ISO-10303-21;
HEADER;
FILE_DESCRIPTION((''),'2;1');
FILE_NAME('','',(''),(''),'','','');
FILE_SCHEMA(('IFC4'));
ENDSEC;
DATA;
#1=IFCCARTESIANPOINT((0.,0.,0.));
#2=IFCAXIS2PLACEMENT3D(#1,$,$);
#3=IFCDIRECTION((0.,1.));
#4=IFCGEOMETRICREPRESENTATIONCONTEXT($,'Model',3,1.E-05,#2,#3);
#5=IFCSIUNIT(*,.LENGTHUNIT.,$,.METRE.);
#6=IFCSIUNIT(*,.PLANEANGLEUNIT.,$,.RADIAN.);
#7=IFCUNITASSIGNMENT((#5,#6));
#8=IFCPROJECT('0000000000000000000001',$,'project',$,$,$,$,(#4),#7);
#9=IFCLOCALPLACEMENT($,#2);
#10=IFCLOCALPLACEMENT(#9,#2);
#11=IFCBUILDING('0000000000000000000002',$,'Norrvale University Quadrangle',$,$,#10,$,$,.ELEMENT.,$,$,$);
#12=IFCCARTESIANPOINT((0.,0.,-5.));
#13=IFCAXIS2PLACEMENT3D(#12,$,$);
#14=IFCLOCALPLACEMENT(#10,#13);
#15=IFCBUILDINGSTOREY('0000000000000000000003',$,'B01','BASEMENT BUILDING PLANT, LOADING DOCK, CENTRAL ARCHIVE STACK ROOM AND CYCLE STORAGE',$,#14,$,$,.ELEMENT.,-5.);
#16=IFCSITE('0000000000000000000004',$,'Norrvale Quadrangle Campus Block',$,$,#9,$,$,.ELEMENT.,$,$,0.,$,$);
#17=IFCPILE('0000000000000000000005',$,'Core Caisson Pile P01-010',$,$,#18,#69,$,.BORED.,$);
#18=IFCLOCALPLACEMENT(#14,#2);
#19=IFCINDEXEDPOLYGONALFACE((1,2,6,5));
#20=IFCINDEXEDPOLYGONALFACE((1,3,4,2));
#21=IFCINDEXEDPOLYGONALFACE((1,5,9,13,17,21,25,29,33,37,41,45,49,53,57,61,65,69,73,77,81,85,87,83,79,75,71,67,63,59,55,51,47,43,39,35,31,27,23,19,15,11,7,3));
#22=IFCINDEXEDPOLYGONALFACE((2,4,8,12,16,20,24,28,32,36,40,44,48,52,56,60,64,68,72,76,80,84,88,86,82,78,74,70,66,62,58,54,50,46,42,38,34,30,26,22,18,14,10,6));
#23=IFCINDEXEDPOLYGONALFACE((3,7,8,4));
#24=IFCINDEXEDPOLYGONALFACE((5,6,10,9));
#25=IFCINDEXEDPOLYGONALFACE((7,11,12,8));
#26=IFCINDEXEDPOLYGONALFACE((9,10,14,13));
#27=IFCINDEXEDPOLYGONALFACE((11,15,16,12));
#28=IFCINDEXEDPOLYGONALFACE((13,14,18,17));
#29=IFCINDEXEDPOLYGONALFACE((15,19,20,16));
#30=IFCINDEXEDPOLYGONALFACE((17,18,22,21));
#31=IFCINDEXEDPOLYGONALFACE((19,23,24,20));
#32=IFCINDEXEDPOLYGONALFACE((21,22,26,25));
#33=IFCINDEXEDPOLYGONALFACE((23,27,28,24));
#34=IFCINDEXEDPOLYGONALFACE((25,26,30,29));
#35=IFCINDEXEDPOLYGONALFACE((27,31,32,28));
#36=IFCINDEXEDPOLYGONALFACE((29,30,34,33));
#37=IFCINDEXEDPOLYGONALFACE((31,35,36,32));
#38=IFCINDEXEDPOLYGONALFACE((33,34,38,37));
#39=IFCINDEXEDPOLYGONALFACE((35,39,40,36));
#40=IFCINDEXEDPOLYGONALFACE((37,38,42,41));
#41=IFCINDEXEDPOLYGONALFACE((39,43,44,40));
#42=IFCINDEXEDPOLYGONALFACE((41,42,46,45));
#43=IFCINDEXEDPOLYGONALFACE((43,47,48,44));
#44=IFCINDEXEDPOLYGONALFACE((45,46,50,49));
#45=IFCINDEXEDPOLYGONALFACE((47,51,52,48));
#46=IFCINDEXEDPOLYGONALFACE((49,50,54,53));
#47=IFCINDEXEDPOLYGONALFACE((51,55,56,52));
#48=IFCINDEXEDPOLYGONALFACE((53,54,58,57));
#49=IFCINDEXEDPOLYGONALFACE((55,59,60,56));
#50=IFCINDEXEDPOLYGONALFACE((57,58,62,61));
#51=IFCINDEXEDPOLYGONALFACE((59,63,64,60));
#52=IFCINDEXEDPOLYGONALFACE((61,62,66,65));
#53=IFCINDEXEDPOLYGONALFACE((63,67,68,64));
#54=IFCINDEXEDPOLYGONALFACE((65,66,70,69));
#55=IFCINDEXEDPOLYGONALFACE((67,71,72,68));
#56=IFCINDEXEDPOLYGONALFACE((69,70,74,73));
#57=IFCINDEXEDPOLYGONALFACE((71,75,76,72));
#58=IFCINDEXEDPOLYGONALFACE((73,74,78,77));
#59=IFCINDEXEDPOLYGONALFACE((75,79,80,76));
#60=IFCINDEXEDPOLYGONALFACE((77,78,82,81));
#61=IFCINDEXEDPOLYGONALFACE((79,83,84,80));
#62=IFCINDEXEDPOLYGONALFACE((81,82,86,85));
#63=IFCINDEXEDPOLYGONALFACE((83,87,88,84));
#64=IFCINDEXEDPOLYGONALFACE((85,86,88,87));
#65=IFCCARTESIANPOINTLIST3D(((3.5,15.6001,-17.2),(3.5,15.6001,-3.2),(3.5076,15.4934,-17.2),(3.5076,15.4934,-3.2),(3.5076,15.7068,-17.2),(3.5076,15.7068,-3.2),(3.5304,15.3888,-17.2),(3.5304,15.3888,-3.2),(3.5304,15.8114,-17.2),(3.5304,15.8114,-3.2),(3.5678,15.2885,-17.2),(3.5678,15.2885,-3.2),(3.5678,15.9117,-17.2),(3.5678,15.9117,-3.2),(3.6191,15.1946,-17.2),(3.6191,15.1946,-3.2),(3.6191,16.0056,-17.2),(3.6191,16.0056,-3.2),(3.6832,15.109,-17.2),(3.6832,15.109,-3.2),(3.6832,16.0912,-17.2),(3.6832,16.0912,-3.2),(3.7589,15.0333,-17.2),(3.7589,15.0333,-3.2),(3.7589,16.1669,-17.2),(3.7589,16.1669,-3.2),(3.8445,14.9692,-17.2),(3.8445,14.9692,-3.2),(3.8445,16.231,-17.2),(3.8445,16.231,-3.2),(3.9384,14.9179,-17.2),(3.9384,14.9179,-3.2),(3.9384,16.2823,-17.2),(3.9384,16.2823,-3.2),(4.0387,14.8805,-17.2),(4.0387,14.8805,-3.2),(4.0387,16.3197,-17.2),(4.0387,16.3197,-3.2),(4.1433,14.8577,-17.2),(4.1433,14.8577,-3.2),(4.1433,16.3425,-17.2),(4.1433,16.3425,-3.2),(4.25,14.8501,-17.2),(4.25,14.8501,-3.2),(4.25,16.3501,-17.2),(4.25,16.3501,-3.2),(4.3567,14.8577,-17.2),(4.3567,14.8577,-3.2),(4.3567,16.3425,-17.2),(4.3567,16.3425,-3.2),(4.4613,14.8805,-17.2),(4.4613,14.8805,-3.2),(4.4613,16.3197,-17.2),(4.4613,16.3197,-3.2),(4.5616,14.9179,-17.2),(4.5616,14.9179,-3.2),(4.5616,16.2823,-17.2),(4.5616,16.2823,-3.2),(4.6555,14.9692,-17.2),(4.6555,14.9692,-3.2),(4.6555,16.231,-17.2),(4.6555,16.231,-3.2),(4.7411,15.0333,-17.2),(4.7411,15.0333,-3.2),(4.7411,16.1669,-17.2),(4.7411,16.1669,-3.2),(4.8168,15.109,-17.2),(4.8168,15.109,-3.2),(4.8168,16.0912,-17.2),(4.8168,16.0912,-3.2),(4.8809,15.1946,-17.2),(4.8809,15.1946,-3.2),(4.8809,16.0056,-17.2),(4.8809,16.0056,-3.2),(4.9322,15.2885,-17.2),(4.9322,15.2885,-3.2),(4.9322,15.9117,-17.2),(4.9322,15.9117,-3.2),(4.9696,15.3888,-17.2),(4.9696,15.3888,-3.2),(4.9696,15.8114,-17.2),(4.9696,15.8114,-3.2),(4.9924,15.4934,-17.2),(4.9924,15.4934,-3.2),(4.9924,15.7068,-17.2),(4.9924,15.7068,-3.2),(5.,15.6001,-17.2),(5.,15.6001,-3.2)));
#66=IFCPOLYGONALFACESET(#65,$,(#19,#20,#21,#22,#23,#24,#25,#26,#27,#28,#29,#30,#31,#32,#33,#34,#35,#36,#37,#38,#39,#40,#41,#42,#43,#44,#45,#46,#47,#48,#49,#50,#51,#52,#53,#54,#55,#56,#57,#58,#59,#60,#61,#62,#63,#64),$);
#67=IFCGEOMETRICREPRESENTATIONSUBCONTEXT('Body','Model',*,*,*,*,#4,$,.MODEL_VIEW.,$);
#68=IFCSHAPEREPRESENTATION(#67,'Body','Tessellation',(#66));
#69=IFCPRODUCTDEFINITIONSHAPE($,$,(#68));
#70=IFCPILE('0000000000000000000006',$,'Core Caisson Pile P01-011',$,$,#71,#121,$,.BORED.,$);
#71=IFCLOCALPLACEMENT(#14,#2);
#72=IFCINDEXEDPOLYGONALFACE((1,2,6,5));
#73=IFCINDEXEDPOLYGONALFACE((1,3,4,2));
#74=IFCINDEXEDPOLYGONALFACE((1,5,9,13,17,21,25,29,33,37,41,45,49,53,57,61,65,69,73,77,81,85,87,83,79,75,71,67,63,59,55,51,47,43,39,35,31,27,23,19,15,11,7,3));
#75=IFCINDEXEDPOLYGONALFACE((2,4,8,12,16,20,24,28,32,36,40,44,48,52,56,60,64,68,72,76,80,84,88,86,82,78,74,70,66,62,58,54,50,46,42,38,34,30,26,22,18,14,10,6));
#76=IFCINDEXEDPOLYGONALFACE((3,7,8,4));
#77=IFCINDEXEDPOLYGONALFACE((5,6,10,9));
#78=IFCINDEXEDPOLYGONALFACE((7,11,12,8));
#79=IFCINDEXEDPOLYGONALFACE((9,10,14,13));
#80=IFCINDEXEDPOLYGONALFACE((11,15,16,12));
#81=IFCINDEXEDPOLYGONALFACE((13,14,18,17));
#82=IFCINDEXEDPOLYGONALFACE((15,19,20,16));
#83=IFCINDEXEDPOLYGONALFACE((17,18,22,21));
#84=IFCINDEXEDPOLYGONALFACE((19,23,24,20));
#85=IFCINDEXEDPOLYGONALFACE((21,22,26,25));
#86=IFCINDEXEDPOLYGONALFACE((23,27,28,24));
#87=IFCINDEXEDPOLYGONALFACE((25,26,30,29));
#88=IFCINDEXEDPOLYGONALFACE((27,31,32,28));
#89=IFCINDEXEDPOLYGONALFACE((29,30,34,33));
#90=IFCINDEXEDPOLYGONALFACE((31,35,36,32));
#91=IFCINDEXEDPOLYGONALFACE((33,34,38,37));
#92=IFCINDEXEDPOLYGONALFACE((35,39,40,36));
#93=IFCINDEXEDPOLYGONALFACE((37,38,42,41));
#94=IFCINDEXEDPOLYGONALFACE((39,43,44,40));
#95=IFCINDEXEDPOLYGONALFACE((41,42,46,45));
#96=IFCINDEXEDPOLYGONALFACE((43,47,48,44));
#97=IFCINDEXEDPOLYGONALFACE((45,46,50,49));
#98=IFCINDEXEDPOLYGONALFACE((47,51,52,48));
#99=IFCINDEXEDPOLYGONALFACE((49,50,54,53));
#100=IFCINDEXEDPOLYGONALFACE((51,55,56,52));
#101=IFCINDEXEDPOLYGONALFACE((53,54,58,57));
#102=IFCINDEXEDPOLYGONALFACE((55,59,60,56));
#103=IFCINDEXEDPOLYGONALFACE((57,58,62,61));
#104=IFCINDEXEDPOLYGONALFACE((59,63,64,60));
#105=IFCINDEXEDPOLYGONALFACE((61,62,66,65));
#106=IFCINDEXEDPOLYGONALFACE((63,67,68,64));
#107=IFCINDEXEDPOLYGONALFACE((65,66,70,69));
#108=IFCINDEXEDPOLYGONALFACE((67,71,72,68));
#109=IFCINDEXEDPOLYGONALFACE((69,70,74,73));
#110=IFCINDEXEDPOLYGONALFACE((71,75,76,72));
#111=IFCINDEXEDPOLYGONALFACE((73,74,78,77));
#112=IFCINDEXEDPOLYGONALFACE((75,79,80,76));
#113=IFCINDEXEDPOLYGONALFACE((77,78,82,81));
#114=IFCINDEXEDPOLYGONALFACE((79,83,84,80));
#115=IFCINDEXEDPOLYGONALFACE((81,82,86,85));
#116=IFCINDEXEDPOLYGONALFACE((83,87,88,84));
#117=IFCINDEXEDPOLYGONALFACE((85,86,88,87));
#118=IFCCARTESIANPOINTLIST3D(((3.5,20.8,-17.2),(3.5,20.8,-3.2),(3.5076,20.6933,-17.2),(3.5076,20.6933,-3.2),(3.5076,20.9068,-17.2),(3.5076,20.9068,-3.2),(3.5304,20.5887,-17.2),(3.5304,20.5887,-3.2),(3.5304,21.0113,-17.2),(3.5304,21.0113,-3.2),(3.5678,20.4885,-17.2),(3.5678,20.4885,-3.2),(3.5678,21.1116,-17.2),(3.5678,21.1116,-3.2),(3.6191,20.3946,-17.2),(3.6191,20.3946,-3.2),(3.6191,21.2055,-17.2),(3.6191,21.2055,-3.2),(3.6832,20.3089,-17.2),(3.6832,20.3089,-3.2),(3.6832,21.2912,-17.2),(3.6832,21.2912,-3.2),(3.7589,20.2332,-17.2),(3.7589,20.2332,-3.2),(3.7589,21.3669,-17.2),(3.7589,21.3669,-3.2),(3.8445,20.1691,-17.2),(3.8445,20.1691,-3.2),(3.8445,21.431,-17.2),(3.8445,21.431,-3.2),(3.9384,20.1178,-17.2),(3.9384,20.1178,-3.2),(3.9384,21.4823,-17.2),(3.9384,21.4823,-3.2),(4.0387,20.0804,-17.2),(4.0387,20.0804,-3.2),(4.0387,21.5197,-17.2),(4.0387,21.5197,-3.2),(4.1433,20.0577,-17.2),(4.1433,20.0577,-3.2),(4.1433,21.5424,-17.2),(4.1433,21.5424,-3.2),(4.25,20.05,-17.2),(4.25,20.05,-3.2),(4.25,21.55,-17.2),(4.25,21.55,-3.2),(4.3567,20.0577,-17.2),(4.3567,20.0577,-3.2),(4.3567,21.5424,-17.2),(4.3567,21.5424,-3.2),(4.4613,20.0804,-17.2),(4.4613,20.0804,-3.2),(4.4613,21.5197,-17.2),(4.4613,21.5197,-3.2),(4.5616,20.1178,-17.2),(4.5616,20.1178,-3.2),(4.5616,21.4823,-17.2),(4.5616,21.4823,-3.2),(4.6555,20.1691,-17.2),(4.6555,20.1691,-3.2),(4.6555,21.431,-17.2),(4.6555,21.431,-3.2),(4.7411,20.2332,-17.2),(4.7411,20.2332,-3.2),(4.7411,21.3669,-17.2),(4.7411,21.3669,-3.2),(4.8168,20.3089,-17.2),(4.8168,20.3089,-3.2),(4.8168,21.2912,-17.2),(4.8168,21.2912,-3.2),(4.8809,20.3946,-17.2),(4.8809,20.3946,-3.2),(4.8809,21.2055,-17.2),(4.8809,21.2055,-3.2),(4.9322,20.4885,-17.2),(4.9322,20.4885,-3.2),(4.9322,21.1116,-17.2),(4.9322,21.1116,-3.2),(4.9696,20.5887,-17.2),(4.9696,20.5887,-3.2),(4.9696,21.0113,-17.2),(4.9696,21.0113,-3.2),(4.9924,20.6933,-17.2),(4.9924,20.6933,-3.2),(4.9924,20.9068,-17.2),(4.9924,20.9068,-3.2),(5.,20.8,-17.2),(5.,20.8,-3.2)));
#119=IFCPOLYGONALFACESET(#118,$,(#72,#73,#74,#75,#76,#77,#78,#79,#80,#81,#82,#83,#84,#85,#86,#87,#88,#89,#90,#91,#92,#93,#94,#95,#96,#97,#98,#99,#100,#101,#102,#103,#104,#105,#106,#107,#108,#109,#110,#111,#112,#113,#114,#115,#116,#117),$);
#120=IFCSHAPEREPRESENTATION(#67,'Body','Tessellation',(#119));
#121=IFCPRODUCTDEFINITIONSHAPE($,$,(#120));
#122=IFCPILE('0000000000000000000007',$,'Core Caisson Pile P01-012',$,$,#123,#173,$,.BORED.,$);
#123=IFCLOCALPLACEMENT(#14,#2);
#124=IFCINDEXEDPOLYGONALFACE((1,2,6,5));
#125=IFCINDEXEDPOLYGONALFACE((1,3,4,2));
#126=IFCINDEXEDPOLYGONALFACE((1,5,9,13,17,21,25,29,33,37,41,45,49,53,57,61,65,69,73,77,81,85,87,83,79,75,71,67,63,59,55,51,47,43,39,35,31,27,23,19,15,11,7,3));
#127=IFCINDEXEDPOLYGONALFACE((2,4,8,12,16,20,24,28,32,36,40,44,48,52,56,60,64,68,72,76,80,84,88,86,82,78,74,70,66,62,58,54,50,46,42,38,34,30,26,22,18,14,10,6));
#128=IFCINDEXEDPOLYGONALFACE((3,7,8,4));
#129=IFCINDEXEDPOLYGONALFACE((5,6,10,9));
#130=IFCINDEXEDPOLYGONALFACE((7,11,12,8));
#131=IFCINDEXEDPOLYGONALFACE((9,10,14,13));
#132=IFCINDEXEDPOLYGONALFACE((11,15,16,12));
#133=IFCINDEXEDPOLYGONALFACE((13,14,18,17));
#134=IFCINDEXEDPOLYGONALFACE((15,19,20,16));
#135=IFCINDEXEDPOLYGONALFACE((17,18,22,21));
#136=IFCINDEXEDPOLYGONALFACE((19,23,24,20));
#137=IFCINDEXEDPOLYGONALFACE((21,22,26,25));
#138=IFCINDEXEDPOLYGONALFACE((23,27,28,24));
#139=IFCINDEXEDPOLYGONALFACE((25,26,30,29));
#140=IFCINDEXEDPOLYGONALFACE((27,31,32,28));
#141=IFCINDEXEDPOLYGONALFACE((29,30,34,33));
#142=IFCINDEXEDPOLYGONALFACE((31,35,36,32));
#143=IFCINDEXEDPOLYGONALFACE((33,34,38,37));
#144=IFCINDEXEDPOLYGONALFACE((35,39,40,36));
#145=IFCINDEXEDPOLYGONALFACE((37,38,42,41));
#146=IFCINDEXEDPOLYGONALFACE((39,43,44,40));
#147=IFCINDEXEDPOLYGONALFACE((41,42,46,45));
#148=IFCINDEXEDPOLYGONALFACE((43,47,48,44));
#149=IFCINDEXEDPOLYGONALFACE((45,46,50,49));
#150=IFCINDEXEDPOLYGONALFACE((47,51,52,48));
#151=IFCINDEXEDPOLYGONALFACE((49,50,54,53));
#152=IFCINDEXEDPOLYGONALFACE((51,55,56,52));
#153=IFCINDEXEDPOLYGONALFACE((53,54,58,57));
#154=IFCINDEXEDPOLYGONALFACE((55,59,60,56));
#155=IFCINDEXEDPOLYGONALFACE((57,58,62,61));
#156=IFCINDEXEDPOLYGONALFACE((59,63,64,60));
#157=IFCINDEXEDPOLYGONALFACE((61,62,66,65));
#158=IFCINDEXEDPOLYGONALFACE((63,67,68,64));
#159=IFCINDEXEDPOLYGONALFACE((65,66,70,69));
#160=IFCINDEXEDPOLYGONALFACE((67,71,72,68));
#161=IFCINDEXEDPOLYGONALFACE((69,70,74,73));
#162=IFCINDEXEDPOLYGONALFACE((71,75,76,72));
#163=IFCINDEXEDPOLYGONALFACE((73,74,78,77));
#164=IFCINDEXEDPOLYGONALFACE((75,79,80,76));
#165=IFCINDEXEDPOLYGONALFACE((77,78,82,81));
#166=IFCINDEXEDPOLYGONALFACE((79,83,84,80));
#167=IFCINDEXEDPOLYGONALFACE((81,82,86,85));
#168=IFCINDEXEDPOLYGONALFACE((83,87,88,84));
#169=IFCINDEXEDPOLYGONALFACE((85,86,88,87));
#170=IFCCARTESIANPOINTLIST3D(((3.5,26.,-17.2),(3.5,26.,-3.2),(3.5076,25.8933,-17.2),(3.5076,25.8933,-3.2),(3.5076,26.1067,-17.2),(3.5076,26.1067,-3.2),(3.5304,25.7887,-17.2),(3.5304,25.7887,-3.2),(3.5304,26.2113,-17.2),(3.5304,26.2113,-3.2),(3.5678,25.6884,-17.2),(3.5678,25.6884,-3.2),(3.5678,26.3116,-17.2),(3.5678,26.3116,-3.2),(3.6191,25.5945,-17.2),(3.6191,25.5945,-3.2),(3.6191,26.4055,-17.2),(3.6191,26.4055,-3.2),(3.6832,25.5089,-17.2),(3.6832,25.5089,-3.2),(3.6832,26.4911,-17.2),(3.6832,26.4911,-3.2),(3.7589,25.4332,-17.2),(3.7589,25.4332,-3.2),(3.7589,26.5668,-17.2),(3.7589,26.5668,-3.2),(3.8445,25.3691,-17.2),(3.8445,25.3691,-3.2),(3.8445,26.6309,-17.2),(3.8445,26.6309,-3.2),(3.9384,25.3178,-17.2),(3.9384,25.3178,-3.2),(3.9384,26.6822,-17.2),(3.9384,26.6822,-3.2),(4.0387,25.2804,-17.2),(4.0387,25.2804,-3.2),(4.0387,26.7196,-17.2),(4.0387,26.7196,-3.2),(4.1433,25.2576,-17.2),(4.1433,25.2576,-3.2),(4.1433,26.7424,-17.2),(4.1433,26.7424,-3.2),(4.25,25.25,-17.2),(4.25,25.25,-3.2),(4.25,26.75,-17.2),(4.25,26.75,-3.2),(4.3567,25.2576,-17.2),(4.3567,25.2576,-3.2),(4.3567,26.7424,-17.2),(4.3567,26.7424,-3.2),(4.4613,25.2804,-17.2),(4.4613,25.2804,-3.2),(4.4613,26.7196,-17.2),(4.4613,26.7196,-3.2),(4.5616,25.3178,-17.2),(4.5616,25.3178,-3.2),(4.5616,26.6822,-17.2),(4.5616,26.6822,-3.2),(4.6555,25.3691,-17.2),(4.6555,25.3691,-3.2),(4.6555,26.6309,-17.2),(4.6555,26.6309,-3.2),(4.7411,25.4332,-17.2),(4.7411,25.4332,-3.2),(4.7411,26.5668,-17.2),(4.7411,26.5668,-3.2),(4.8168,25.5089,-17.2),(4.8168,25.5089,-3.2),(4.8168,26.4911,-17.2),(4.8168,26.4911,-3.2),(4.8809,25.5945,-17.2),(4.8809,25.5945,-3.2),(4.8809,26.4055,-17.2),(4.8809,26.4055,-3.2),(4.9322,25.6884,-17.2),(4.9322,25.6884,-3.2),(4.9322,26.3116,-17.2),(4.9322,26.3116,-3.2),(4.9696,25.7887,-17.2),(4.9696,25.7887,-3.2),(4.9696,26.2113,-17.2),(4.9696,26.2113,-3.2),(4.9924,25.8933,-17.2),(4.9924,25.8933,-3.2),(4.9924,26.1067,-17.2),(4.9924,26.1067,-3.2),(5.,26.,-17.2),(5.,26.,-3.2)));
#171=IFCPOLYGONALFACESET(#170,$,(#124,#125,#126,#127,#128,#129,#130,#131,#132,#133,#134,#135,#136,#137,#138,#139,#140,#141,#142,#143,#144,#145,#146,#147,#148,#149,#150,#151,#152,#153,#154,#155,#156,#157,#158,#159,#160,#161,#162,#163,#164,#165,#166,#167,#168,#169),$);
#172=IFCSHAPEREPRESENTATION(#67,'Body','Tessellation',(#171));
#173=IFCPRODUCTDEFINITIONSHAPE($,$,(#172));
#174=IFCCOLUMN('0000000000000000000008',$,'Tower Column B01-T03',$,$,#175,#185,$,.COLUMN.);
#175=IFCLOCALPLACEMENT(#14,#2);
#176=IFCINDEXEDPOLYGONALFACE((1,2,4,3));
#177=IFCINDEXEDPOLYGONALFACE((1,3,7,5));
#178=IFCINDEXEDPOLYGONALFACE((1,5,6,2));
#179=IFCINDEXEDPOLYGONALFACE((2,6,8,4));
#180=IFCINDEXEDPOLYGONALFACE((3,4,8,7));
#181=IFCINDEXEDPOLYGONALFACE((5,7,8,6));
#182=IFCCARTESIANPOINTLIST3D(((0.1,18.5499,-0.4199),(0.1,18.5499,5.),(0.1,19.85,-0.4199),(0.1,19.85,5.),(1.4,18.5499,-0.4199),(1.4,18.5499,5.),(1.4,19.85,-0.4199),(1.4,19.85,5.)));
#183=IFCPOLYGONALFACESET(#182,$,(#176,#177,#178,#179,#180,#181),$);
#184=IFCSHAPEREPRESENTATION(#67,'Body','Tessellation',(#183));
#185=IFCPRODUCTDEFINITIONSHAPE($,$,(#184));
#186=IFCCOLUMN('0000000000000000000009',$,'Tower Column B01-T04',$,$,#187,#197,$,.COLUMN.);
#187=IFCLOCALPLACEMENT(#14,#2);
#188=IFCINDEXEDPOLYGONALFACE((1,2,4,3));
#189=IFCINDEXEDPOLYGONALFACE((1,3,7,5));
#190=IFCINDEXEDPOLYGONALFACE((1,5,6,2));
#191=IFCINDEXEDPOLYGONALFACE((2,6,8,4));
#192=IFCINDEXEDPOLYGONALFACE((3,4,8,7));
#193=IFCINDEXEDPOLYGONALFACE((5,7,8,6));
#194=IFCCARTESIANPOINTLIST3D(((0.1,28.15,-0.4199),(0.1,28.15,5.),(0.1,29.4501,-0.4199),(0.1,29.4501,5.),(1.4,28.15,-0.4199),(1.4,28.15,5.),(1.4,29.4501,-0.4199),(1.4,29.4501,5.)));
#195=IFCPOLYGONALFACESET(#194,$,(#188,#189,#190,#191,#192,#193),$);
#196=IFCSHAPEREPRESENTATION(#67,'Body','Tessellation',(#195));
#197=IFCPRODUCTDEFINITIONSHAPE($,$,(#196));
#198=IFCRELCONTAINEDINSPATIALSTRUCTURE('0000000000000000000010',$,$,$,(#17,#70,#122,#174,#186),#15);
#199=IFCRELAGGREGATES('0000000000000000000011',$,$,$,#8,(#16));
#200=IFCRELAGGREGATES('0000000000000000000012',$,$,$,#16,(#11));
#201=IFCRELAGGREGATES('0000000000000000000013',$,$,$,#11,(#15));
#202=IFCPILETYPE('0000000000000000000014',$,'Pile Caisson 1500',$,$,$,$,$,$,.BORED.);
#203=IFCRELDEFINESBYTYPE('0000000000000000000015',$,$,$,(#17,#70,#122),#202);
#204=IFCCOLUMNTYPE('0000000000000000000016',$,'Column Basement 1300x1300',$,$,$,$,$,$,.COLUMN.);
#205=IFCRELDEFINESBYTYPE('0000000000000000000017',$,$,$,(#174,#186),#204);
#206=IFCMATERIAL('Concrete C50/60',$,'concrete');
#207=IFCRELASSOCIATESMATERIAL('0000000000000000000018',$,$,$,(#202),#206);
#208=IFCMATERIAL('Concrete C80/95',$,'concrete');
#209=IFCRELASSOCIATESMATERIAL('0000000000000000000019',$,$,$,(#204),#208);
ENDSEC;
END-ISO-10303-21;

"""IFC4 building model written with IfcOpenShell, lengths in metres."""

from ifc_helpers import new_model, si_unit, direction, frame, origin, origin_2d, place, context, subcontext, project, spatial, rectangle, circle, extrude, material, material_profile, profile_set, type_object, element, save


model = new_model("IFC4")

# Units and contexts
model_context = context("Model", 3, precision=1e-05, world=origin(), true_north=direction((0.0, 1.0)))
body_context = subcontext(model_context, "Body", "Model", "MODEL_VIEW")
ifc_project = project(units=[si_unit("LENGTHUNIT", "METRE"), si_unit("PLANEANGLEUNIT", "RADIAN")], contexts=[model_context])

# Site, building, storey
site_placement = place(None, origin())
site = spatial("IfcSite", under=ifc_project, at=site_placement, Name="Norrvale Quadrangle Campus Block", CompositionType="ELEMENT", RefElevation=0.0)
building_placement = place(site_placement, origin())
building = spatial("IfcBuilding", under=site, at=building_placement, Name="Norrvale University Quadrangle", CompositionType="ELEMENT")
storey_placement = place(building_placement, frame((0.0, 0.0, -5.0)))
storey = spatial("IfcBuildingStorey", under=building, at=storey_placement, Name="B01", Description="BASEMENT BUILDING PLANT, LOADING DOCK, CENTRAL ARCHIVE STACK ROOM AND CYCLE STORAGE", CompositionType="ELEMENT", Elevation=-5.0)

# Piles
ifc_material_1 = material(Name="Concrete C50/60", Category="concrete")
ifc_material_profile_1 = material_profile(ifc_material_1, circle(Radius=0.75, at=origin_2d()), Name="Concrete C50/60")
ifc_profile_set_1 = profile_set([ifc_material_profile_1], Name="Concrete C50/60")
pile_type = type_object("IfcPileType", Name="Pile Caisson 1500", PredefinedType="BORED", material=ifc_profile_set_1)
for number, where, z_axis, x_axis, name in (
    (1, (4.25, 15.6001, -3.2), (0.0, 0.0, -1.0), (1.0, 0.0, 0.0), "Core Caisson Pile P01-010"),
    (2, (4.25, 20.8, -3.2), (0.0, 0.0, -1.0), (1.0, 0.0, 0.0), "Core Caisson Pile P01-011"),
    (3, (4.25, 26.0, -3.2), (0.0, 0.0, -1.0), (1.0, 0.0, 0.0), "Core Caisson Pile P01-012"),
):
    element("IfcPile", number, at=place(storey_placement, frame(where, z_axis=z_axis, x_axis=x_axis)), inside=storey, type_object=pile_type, Name=name, PredefinedType="BORED", context=body_context, shape_type="SweptSolid", body=[
        extrude(circle(Radius=0.75, at=origin_2d()), origin(), (0.0, 0.0, 1.0), 14.0),
    ])

# Columns
ifc_material_2 = material(Name="Concrete C80/95", Category="concrete")
ifc_material_profile_2 = material_profile(ifc_material_2, rectangle(XDim=1.3, YDim=1.3, at=origin_2d()), Name="Concrete C80/95")
ifc_profile_set_2 = profile_set([ifc_material_profile_2], Name="Concrete C80/95")
column_type = type_object("IfcColumnType", Name="Column Basement 1300x1300", PredefinedType="COLUMN", material=ifc_profile_set_2)
for number, where, z_axis, x_axis, name in (
    (4, (0.75, 19.2, -0.4199), (0.0, 0.0, 1.0), (1.0, 0.0, 0.0), "Tower Column B01-T03"),
    (5, (0.75, 28.8, -0.4199), (0.0, 0.0, 1.0), (1.0, 0.0, 0.0), "Tower Column B01-T04"),
):
    element("IfcColumn", number, at=place(storey_placement, frame(where, z_axis=z_axis, x_axis=x_axis)), inside=storey, type_object=column_type, Name=name, PredefinedType="COLUMN", context=body_context, shape_type="SweptSolid", body=[
        extrude(rectangle(XDim=1.3, YDim=1.3, at=origin_2d()), origin(), (0.0, 0.0, 1.0), 5.4199),
    ])

save(model, "model.ifc")
